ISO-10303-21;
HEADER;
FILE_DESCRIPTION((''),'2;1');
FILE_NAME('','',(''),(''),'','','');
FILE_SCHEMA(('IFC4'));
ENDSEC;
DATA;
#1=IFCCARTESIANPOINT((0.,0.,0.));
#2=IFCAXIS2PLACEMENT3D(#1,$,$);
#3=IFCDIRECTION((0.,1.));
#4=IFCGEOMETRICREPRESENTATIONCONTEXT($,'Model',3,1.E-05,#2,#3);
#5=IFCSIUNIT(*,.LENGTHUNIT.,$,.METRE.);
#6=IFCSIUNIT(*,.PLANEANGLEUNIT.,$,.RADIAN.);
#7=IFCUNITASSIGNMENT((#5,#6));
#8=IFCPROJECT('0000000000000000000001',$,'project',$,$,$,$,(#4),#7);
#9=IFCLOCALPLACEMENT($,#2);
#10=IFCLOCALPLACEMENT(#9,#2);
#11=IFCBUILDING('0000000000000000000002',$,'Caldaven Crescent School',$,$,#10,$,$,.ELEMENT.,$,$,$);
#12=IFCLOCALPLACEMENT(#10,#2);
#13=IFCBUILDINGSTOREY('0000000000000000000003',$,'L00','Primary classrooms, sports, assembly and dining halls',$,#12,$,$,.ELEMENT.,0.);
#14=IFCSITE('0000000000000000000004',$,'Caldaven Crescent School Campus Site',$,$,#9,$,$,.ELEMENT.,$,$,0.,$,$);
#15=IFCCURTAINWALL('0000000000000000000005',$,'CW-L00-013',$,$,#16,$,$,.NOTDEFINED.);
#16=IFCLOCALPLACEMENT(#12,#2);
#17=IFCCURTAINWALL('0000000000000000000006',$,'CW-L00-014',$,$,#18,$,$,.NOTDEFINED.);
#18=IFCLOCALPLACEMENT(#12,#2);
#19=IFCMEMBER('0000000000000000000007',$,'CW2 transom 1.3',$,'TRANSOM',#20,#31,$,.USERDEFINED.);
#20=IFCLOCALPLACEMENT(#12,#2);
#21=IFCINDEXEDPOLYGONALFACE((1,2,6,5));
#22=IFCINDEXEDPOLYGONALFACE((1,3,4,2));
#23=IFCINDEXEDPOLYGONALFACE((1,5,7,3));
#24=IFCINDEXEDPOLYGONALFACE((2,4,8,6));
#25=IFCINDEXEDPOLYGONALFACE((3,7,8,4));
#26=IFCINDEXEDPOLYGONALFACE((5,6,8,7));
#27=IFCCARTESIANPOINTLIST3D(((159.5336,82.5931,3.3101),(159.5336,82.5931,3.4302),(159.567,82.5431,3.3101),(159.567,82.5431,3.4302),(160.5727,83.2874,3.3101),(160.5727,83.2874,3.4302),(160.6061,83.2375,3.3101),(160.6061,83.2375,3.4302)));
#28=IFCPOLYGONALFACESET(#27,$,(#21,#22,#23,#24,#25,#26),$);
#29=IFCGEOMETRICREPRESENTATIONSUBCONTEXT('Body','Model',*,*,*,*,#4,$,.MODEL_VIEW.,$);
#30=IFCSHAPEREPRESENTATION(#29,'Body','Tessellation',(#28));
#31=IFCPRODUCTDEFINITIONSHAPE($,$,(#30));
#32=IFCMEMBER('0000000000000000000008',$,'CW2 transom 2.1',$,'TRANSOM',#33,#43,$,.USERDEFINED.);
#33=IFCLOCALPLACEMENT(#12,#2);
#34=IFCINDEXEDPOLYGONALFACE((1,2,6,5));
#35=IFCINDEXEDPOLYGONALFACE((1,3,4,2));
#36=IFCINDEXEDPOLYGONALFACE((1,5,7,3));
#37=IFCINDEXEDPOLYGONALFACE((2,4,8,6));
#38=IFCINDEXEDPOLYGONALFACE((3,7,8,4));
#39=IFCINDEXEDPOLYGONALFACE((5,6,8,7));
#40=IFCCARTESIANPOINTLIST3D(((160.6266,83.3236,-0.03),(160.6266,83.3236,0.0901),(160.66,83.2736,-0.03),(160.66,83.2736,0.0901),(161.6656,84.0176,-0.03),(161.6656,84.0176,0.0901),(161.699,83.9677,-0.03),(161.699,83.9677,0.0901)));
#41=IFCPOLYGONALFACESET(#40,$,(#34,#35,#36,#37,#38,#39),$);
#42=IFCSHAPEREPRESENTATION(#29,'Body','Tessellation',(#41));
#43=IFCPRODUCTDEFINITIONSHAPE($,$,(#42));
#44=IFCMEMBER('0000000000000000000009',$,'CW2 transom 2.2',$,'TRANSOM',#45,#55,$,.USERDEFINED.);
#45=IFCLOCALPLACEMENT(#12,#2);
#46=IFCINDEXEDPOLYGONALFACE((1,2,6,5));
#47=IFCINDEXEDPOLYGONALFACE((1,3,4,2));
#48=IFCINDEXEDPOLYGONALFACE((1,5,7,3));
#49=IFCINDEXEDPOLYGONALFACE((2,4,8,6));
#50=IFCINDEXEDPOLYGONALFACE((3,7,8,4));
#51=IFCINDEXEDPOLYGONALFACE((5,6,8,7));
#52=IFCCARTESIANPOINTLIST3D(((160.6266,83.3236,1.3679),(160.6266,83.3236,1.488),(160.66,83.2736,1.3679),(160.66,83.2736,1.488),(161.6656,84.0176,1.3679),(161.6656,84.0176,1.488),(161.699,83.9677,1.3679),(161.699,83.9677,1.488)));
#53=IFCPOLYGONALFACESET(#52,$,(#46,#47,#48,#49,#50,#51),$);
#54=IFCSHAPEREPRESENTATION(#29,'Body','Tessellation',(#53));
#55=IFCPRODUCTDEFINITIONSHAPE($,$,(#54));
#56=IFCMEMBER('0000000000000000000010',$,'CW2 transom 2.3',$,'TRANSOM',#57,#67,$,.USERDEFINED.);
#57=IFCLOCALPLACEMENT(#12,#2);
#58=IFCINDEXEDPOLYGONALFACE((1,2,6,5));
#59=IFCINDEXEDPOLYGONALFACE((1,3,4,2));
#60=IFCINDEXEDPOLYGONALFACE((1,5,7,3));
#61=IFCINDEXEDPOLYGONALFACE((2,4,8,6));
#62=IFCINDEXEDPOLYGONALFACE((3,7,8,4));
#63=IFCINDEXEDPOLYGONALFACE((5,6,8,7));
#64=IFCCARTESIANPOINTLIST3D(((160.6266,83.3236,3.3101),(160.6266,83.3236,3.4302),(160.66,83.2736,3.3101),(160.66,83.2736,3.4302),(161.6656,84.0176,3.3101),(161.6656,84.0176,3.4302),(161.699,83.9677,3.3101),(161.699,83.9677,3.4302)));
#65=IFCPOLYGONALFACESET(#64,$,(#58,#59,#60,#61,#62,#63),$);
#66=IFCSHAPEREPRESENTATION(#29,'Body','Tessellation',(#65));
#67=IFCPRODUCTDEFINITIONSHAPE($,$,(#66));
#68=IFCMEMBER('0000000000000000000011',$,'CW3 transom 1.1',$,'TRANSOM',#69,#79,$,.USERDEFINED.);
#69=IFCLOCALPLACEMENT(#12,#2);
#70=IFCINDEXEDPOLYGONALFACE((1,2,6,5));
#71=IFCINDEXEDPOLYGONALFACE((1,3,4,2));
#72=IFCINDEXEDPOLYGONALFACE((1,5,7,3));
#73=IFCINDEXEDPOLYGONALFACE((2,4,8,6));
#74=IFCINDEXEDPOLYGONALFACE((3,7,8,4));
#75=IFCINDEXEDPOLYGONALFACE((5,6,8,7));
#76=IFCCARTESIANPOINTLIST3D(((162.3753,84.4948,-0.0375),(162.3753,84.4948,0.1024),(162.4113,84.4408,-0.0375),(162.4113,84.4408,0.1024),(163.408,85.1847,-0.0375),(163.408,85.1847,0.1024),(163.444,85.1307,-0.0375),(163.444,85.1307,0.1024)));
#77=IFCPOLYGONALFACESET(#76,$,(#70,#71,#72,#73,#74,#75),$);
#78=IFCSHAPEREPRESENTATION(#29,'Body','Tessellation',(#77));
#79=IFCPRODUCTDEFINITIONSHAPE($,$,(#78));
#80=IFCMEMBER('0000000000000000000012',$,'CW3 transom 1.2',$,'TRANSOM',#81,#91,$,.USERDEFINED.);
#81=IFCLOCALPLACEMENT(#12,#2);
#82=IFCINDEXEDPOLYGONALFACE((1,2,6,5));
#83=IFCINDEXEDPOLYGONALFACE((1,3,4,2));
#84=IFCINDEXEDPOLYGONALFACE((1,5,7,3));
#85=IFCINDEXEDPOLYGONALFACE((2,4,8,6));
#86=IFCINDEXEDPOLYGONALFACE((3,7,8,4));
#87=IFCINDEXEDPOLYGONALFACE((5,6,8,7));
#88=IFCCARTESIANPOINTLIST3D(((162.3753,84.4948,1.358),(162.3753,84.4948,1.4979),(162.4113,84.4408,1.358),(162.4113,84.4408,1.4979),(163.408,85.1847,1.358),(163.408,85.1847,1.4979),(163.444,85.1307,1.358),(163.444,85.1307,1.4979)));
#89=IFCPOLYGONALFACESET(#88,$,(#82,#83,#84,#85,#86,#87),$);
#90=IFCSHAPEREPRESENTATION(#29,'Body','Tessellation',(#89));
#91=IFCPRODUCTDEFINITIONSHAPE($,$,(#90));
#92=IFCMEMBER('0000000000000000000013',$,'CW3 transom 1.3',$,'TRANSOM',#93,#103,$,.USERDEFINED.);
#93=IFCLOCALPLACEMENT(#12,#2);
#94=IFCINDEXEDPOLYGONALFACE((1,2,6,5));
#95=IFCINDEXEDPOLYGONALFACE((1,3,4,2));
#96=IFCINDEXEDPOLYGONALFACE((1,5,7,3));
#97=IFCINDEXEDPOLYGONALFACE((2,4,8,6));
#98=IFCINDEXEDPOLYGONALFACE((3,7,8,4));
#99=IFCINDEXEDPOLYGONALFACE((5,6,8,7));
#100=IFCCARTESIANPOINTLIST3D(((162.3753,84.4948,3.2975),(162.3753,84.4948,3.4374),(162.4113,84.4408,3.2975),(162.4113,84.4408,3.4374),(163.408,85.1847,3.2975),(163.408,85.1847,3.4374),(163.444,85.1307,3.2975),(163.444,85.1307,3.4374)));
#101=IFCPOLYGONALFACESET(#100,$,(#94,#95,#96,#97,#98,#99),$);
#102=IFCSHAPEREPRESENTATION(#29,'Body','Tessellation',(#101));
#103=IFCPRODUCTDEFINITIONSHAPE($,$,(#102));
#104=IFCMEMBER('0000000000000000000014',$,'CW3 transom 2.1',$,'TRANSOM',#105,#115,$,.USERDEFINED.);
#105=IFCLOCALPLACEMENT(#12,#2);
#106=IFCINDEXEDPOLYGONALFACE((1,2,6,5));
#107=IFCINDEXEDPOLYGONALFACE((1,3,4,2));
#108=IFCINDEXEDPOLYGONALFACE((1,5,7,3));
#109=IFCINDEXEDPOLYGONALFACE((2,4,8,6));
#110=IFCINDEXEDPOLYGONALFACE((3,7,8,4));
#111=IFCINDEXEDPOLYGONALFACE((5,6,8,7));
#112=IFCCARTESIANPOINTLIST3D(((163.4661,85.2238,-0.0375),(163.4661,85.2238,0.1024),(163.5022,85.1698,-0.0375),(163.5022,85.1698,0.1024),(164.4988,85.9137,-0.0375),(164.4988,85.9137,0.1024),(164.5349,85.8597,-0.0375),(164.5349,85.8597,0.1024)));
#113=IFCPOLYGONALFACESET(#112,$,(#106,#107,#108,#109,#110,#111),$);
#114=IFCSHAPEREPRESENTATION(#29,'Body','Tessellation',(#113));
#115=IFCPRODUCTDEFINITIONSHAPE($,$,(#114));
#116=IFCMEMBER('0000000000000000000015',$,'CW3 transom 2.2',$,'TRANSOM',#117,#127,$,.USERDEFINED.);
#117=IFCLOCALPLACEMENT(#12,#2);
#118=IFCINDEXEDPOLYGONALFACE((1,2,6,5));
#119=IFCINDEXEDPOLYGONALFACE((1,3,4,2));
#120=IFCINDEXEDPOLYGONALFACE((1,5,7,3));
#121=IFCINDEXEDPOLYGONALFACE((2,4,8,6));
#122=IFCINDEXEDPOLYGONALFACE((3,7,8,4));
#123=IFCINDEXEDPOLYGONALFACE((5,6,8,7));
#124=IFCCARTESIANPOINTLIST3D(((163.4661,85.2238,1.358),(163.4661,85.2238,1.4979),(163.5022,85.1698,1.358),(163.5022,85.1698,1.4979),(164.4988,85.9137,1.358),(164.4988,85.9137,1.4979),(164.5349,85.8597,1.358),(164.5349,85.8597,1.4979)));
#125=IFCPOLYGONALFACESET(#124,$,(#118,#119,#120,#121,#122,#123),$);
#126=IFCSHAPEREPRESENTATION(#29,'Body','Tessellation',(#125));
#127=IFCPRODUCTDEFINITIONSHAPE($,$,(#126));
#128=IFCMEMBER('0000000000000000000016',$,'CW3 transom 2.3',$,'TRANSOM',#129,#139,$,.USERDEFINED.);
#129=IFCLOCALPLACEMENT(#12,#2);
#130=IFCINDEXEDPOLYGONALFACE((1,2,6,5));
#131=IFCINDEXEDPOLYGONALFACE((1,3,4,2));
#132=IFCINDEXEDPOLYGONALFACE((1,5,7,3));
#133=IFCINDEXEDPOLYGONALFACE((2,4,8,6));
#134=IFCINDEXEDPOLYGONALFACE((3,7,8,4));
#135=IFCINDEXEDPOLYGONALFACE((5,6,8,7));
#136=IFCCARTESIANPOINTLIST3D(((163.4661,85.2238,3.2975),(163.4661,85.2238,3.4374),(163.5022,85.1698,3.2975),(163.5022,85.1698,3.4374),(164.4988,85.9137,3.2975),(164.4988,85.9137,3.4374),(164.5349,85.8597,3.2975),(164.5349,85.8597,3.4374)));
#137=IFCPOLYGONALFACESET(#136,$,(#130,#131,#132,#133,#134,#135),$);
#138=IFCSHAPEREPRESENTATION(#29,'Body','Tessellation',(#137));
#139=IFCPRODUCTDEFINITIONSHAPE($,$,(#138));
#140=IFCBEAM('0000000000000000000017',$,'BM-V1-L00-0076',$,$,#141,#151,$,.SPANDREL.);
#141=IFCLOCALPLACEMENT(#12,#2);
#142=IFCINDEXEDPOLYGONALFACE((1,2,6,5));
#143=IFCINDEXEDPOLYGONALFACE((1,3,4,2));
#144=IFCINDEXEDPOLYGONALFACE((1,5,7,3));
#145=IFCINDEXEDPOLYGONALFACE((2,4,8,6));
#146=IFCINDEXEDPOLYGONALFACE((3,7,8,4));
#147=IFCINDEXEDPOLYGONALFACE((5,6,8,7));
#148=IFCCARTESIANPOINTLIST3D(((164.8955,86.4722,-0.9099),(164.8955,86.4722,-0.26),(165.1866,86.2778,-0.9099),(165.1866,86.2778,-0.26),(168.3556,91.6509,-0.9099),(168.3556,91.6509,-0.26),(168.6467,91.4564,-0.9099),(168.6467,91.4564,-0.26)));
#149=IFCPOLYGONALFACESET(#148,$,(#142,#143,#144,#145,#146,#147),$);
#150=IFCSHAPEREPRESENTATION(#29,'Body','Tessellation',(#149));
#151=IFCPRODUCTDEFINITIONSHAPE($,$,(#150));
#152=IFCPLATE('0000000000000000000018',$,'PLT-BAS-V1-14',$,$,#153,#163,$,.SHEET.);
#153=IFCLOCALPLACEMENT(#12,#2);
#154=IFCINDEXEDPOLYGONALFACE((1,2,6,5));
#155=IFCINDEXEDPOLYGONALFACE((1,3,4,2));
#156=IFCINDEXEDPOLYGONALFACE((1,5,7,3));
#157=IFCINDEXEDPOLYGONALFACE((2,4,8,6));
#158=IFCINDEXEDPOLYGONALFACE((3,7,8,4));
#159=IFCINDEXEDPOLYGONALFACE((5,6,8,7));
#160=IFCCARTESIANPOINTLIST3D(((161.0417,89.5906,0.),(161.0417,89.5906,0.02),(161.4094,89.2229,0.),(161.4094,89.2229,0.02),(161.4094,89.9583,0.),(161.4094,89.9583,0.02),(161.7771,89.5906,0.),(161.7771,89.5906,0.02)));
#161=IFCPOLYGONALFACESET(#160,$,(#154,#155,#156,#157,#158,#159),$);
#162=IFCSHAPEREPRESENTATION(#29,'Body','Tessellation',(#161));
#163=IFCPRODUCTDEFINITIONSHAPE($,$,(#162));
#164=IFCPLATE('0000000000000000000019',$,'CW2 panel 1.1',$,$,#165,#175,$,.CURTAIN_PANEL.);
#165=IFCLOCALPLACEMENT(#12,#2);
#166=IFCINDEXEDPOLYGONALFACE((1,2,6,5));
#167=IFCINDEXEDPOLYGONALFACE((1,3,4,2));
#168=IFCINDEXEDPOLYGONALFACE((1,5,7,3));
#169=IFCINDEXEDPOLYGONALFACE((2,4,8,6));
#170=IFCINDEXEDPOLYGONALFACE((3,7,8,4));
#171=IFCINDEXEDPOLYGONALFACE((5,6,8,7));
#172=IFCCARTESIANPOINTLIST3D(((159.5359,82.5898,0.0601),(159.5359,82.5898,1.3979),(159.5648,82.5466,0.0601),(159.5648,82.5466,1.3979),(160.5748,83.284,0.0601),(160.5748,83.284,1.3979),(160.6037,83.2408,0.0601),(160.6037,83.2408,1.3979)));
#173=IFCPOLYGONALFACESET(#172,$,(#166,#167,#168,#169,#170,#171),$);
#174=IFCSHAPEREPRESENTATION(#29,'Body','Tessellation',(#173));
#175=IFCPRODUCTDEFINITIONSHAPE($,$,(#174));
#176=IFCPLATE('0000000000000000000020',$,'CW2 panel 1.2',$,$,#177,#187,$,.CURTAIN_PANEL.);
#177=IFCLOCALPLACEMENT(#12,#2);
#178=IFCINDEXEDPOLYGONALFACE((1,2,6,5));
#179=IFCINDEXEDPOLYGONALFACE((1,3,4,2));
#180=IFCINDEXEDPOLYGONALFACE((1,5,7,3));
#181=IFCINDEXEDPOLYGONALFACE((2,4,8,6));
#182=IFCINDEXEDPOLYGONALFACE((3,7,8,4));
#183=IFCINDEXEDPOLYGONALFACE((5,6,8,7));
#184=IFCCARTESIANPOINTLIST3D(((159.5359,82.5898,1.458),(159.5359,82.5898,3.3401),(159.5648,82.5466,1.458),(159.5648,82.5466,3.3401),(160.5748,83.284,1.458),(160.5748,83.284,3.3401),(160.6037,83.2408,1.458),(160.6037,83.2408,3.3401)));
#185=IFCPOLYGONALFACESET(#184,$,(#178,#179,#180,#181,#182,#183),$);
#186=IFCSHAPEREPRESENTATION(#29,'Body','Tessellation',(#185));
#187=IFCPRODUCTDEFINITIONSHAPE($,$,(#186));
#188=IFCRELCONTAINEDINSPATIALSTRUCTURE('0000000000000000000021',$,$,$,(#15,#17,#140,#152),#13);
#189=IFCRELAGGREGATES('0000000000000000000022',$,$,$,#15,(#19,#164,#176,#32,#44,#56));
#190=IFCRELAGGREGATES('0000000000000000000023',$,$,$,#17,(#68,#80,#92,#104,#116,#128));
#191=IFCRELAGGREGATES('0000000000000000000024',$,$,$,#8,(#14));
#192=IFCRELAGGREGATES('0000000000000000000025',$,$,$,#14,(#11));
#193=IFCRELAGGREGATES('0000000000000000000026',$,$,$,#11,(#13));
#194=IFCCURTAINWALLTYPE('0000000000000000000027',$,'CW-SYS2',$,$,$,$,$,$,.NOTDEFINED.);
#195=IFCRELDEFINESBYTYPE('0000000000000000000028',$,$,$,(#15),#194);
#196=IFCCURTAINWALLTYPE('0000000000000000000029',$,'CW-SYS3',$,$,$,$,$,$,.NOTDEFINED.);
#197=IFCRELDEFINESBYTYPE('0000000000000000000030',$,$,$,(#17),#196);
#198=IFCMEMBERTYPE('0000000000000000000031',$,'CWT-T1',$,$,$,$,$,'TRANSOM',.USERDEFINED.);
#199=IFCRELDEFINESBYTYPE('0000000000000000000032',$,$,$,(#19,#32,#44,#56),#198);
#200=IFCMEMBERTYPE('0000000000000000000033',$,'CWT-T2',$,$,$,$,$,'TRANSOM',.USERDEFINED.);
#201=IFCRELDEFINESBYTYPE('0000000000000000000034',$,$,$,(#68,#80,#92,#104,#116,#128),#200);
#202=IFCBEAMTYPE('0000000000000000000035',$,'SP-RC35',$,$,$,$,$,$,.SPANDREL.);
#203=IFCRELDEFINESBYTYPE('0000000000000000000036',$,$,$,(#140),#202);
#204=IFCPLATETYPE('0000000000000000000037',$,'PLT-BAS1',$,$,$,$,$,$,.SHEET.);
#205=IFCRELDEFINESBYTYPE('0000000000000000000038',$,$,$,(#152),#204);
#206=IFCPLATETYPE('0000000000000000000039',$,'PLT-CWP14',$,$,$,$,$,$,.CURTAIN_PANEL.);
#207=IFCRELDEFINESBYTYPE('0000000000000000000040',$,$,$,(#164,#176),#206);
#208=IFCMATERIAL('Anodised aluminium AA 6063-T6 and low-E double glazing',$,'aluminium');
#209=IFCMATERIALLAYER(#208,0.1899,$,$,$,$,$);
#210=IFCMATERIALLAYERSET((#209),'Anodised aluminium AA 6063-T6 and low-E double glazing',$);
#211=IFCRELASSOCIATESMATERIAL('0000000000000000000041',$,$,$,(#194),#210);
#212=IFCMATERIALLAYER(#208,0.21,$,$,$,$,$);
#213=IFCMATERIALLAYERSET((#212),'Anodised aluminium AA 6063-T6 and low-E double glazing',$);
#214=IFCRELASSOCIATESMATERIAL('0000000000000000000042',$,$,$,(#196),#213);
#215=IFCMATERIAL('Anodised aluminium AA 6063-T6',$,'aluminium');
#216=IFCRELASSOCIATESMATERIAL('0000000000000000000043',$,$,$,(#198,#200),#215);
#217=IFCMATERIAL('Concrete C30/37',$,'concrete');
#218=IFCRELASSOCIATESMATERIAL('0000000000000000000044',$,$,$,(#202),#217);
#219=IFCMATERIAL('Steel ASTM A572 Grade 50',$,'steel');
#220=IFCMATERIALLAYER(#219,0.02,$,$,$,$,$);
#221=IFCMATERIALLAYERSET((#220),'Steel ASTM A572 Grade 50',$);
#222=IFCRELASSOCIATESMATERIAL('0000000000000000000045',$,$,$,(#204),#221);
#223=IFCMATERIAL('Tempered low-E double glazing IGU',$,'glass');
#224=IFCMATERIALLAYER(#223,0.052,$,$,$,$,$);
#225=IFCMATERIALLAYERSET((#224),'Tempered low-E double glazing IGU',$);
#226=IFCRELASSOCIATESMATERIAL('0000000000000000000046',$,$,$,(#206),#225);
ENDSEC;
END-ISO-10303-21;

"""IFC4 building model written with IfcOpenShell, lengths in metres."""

from ifc_helpers import new_model, si_unit, direction, frame, origin, origin_2d, place, context, subcontext, project, spatial, rectangle, extrude, material, layer, layer_set, material_profile, profile_set, type_object, element, aggregate, save


model = new_model("IFC4")

# Units and contexts
model_context = context("Model", 3, precision=1e-05, world=origin(), true_north=direction((0.0, 1.0)))
body_context = subcontext(model_context, "Body", "Model", "MODEL_VIEW")
ifc_project = project(units=[si_unit("LENGTHUNIT", "METRE"), si_unit("PLANEANGLEUNIT", "RADIAN")], contexts=[model_context])

# Site, building, storey
site_placement = place(None, origin())
site = spatial("IfcSite", under=ifc_project, at=site_placement, Name="Caldaven Crescent School Campus Site", CompositionType="ELEMENT", RefElevation=0.0)
building_placement = place(site_placement, origin())
building = spatial("IfcBuilding", under=site, at=building_placement, Name="Caldaven Crescent School", CompositionType="ELEMENT")
storey_placement = place(building_placement, origin())
storey = spatial("IfcBuildingStorey", under=building, at=storey_placement, Name="L00", Description="Primary classrooms, sports, assembly and dining halls", CompositionType="ELEMENT", Elevation=0.0)

# Shared definitions
ifc_material_1 = material(Name="Concrete C30/37", Category="concrete")

# Curtain walls
ifc_material_2 = material(Name="Anodised aluminium AA 6063-T6 and low-E double glazing", Category="aluminium")
ifc_layer_1 = layer(ifc_material_2, 0.1899)
ifc_layer_set_1 = layer_set([ifc_layer_1], Name="Anodised aluminium AA 6063-T6 and low-E double glazing")
curtain_wall_type_1 = type_object("IfcCurtainWallType", Name="CW-SYS2", PredefinedType="NOTDEFINED", material=ifc_layer_set_1)
curtain_wall_1_placement = place(storey_placement, origin())
curtain_wall_1 = element("IfcCurtainWall", 1, at=curtain_wall_1_placement, inside=storey, type_object=curtain_wall_type_1, Name="CW-L00-013", PredefinedType="NOTDEFINED")
ifc_material_3 = material(Name="Anodised aluminium AA 6063-T6", Category="aluminium")
ifc_layer_2 = layer(ifc_material_2, 0.21)
ifc_layer_set_2 = layer_set([ifc_layer_2], Name="Anodised aluminium AA 6063-T6 and low-E double glazing")
curtain_wall_type_2 = type_object("IfcCurtainWallType", Name="CW-SYS3", PredefinedType="NOTDEFINED", material=ifc_layer_set_2)
curtain_wall_2_placement = place(storey_placement, origin())
curtain_wall_2 = element("IfcCurtainWall", 2, at=curtain_wall_2_placement, inside=storey, type_object=curtain_wall_type_2, Name="CW-L00-014", PredefinedType="NOTDEFINED")

# Members
ifc_material_profile_1 = material_profile(ifc_material_3, rectangle(XDim=0.0601, YDim=0.1201, at=origin_2d()), Name="CWT 60x120")
ifc_profile_set_1 = profile_set([ifc_material_profile_1], Name="Anodised aluminium AA 6063-T6")
member_type_1 = type_object("IfcMemberType", Name="CWT-T1", ElementType="TRANSOM", PredefinedType="USERDEFINED", material=ifc_profile_set_1)
member_1_placement = place(storey_placement, frame((159.5503, 82.5681, 3.3701), z_axis=(0.831449, 0.555602, 0.0), x_axis=(-0.555602, 0.831449, 0.0)))
member_1 = element("IfcMember", 3, at=member_1_placement, type_object=member_type_1, Name="CW2 transom 1.3", ObjectType="TRANSOM", PredefinedType="USERDEFINED", context=body_context, shape_type="SweptSolid", body=[
    extrude(rectangle(XDim=0.0601, YDim=0.1201, at=origin_2d()), origin(), (0.0, 0.0, 1.0), 1.2498),
])
member_2_placement = place(storey_placement, frame((160.6433, 83.2986, 0.03), z_axis=(0.831539, 0.555466, 0.0), x_axis=(-0.555466, 0.831539, 0.0)))
member_2 = element("IfcMember", 4, at=member_2_placement, type_object=member_type_1, Name="CW2 transom 2.1", ObjectType="TRANSOM", PredefinedType="USERDEFINED", context=body_context, shape_type="SweptSolid", body=[
    extrude(rectangle(XDim=0.0601, YDim=0.1201, at=origin_2d()), origin(), (0.0, 0.0, 1.0), 1.2495),
])
member_3_placement = place(storey_placement, frame((160.6433, 83.2986, 1.428), z_axis=(0.831539, 0.555466, 0.0), x_axis=(-0.555466, 0.831539, 0.0)))
member_3 = element("IfcMember", 5, at=member_3_placement, type_object=member_type_1, Name="CW2 transom 2.2", ObjectType="TRANSOM", PredefinedType="USERDEFINED", context=body_context, shape_type="SweptSolid", body=[
    extrude(rectangle(XDim=0.0601, YDim=0.1201, at=origin_2d()), origin(), (0.0, 0.0, 1.0), 1.2495),
])
member_4_placement = place(storey_placement, frame((160.6433, 83.2986, 3.3701), z_axis=(0.831539, 0.555466, 0.0), x_axis=(-0.555466, 0.831539, 0.0)))
member_4 = element("IfcMember", 6, at=member_4_placement, type_object=member_type_1, Name="CW2 transom 2.3", ObjectType="TRANSOM", PredefinedType="USERDEFINED", context=body_context, shape_type="SweptSolid", body=[
    extrude(rectangle(XDim=0.0601, YDim=0.1201, at=origin_2d()), origin(), (0.0, 0.0, 1.0), 1.2495),
])
ifc_material_profile_2 = material_profile(ifc_material_3, rectangle(XDim=0.0649, YDim=0.1399, at=origin_2d()), Name="CWT 65x140")
ifc_profile_set_2 = profile_set([ifc_material_profile_2], Name="Anodised aluminium AA 6063-T6")
member_type_2 = type_object("IfcMemberType", Name="CWT-T2", ElementType="TRANSOM", PredefinedType="USERDEFINED", material=ifc_profile_set_2)
member_5_placement = place(storey_placement, frame((162.3933, 84.4678, 0.0325), z_axis=(0.831506, 0.555516, 0.0), x_axis=(-0.555516, 0.831506, 0.0)))
member_5 = element("IfcMember", 7, at=member_5_placement, type_object=member_type_2, Name="CW3 transom 1.1", ObjectType="TRANSOM", PredefinedType="USERDEFINED", context=body_context, shape_type="SweptSolid", body=[
    extrude(rectangle(XDim=0.0649, YDim=0.1399, at=origin_2d()), origin(), (0.0, 0.0, 1.0), 1.2419),
])
member_6_placement = place(storey_placement, frame((162.3933, 84.4678, 1.428), z_axis=(0.831506, 0.555516, 0.0), x_axis=(-0.555516, 0.831506, 0.0)))
member_6 = element("IfcMember", 8, at=member_6_placement, type_object=member_type_2, Name="CW3 transom 1.2", ObjectType="TRANSOM", PredefinedType="USERDEFINED", context=body_context, shape_type="SweptSolid", body=[
    extrude(rectangle(XDim=0.0649, YDim=0.1399, at=origin_2d()), origin(), (0.0, 0.0, 1.0), 1.2419),
])
member_7_placement = place(storey_placement, frame((162.3933, 84.4678, 3.3674), z_axis=(0.831506, 0.555516, 0.0), x_axis=(-0.555516, 0.831506, 0.0)))
member_7 = element("IfcMember", 9, at=member_7_placement, type_object=member_type_2, Name="CW3 transom 1.3", ObjectType="TRANSOM", PredefinedType="USERDEFINED", context=body_context, shape_type="SweptSolid", body=[
    extrude(rectangle(XDim=0.0649, YDim=0.1399, at=origin_2d()), origin(), (0.0, 0.0, 1.0), 1.2419),
])
member_8_placement = place(storey_placement, frame((163.4841, 85.1968, 0.0325), z_axis=(0.831506, 0.555516, 0.0), x_axis=(-0.555516, 0.831506, 0.0)))
member_8 = element("IfcMember", 10, at=member_8_placement, type_object=member_type_2, Name="CW3 transom 2.1", ObjectType="TRANSOM", PredefinedType="USERDEFINED", context=body_context, shape_type="SweptSolid", body=[
    extrude(rectangle(XDim=0.0649, YDim=0.1399, at=origin_2d()), origin(), (0.0, 0.0, 1.0), 1.2419),
])
member_9_placement = place(storey_placement, frame((163.4841, 85.1968, 1.428), z_axis=(0.831506, 0.555516, 0.0), x_axis=(-0.555516, 0.831506, 0.0)))
member_9 = element("IfcMember", 11, at=member_9_placement, type_object=member_type_2, Name="CW3 transom 2.2", ObjectType="TRANSOM", PredefinedType="USERDEFINED", context=body_context, shape_type="SweptSolid", body=[
    extrude(rectangle(XDim=0.0649, YDim=0.1399, at=origin_2d()), origin(), (0.0, 0.0, 1.0), 1.2419),
])
member_10_placement = place(storey_placement, frame((163.4841, 85.1968, 3.3674), z_axis=(0.831506, 0.555516, 0.0), x_axis=(-0.555516, 0.831506, 0.0)))
member_10 = element("IfcMember", 12, at=member_10_placement, type_object=member_type_2, Name="CW3 transom 2.3", ObjectType="TRANSOM", PredefinedType="USERDEFINED", context=body_context, shape_type="SweptSolid", body=[
    extrude(rectangle(XDim=0.0649, YDim=0.1399, at=origin_2d()), origin(), (0.0, 0.0, 1.0), 1.2419),
])

# Beam
ifc_material_profile_3 = material_profile(ifc_material_1, rectangle(XDim=0.3501, YDim=0.6499, at=origin_2d()), Name="RC 350x650")
ifc_profile_set_3 = profile_set([ifc_material_profile_3], Name="Concrete C30/37")
beam_type_1 = type_object("IfcBeamType", Name="SP-RC35", PredefinedType="SPANDREL", material=ifc_profile_set_3)
beam_1_placement = place(storey_placement, frame((165.041, 86.375, -0.585), z_axis=(0.555559, 0.831477, 0.0), x_axis=(-0.831477, 0.555559, 0.0)))
element("IfcBeam", 13, at=beam_1_placement, inside=storey, type_object=beam_type_1, Name="BM-V1-L00-0076", PredefinedType="SPANDREL", context=body_context, shape_type="SweptSolid", body=[
    extrude(rectangle(XDim=0.3501, YDim=0.6499, at=origin_2d()), origin(), (0.0, 0.0, 1.0), 6.2283),
])

# Plates
ifc_material_4 = material(Name="Steel ASTM A572 Grade 50", Category="steel")
ifc_layer_3 = layer(ifc_material_4, 0.02)
ifc_layer_set_3 = layer_set([ifc_layer_3], Name="Steel ASTM A572 Grade 50")
plate_type_1 = type_object("IfcPlateType", Name="PLT-BAS1", PredefinedType="SHEET", material=ifc_layer_set_3)
plate_1_placement = place(storey_placement, frame((161.4094, 89.5906, 0.0), z_axis=(0.0, 0.0, 1.0), x_axis=(0.707107, -0.707107, 0.0)))
element("IfcPlate", 14, at=plate_1_placement, inside=storey, type_object=plate_type_1, Name="PLT-BAS-V1-14", PredefinedType="SHEET", context=body_context, shape_type="SweptSolid", body=[
    extrude(rectangle(XDim=0.52, YDim=0.52, at=origin_2d()), origin(), (0.0, 0.0, 1.0), 0.02),
])
ifc_material_5 = material(Name="Tempered low-E double glazing IGU", Category="glass")
ifc_layer_4 = layer(ifc_material_5, 0.052)
ifc_layer_set_4 = layer_set([ifc_layer_4], Name="Tempered low-E double glazing IGU")
plate_type_2 = type_object("IfcPlateType", Name="PLT-CWP14", PredefinedType="CURTAIN_PANEL", material=ifc_layer_set_4)
plate_2_placement = place(storey_placement, frame((160.0698, 82.9153, 0.0601), z_axis=(0.0, 0.0, 1.0), x_axis=(0.83147, 0.555569, 0.0)))
plate_2 = element("IfcPlate", 15, at=plate_2_placement, type_object=plate_type_2, Name="CW2 panel 1.1", PredefinedType="CURTAIN_PANEL", context=body_context, shape_type="SweptSolid", body=[
    extrude(rectangle(XDim=1.2495, YDim=0.052, at=origin_2d()), origin(), (0.0, 0.0, 1.0), 1.3379),
])
plate_3_placement = place(storey_placement, frame((160.0698, 82.9153, 1.458), z_axis=(0.0, 0.0, 1.0), x_axis=(0.83147, 0.555569, 0.0)))
plate_3 = element("IfcPlate", 16, at=plate_3_placement, type_object=plate_type_2, Name="CW2 panel 1.2", PredefinedType="CURTAIN_PANEL", context=body_context, shape_type="SweptSolid", body=[
    extrude(rectangle(XDim=1.2495, YDim=0.052, at=origin_2d()), origin(), (0.0, 0.0, 1.0), 1.8821),
])
aggregate(curtain_wall_1, [member_1, plate_2, plate_3, member_2, member_3, member_4])
aggregate(curtain_wall_2, [member_5, member_6, member_7, member_8, member_9, member_10])

save(model, "model.ifc")
